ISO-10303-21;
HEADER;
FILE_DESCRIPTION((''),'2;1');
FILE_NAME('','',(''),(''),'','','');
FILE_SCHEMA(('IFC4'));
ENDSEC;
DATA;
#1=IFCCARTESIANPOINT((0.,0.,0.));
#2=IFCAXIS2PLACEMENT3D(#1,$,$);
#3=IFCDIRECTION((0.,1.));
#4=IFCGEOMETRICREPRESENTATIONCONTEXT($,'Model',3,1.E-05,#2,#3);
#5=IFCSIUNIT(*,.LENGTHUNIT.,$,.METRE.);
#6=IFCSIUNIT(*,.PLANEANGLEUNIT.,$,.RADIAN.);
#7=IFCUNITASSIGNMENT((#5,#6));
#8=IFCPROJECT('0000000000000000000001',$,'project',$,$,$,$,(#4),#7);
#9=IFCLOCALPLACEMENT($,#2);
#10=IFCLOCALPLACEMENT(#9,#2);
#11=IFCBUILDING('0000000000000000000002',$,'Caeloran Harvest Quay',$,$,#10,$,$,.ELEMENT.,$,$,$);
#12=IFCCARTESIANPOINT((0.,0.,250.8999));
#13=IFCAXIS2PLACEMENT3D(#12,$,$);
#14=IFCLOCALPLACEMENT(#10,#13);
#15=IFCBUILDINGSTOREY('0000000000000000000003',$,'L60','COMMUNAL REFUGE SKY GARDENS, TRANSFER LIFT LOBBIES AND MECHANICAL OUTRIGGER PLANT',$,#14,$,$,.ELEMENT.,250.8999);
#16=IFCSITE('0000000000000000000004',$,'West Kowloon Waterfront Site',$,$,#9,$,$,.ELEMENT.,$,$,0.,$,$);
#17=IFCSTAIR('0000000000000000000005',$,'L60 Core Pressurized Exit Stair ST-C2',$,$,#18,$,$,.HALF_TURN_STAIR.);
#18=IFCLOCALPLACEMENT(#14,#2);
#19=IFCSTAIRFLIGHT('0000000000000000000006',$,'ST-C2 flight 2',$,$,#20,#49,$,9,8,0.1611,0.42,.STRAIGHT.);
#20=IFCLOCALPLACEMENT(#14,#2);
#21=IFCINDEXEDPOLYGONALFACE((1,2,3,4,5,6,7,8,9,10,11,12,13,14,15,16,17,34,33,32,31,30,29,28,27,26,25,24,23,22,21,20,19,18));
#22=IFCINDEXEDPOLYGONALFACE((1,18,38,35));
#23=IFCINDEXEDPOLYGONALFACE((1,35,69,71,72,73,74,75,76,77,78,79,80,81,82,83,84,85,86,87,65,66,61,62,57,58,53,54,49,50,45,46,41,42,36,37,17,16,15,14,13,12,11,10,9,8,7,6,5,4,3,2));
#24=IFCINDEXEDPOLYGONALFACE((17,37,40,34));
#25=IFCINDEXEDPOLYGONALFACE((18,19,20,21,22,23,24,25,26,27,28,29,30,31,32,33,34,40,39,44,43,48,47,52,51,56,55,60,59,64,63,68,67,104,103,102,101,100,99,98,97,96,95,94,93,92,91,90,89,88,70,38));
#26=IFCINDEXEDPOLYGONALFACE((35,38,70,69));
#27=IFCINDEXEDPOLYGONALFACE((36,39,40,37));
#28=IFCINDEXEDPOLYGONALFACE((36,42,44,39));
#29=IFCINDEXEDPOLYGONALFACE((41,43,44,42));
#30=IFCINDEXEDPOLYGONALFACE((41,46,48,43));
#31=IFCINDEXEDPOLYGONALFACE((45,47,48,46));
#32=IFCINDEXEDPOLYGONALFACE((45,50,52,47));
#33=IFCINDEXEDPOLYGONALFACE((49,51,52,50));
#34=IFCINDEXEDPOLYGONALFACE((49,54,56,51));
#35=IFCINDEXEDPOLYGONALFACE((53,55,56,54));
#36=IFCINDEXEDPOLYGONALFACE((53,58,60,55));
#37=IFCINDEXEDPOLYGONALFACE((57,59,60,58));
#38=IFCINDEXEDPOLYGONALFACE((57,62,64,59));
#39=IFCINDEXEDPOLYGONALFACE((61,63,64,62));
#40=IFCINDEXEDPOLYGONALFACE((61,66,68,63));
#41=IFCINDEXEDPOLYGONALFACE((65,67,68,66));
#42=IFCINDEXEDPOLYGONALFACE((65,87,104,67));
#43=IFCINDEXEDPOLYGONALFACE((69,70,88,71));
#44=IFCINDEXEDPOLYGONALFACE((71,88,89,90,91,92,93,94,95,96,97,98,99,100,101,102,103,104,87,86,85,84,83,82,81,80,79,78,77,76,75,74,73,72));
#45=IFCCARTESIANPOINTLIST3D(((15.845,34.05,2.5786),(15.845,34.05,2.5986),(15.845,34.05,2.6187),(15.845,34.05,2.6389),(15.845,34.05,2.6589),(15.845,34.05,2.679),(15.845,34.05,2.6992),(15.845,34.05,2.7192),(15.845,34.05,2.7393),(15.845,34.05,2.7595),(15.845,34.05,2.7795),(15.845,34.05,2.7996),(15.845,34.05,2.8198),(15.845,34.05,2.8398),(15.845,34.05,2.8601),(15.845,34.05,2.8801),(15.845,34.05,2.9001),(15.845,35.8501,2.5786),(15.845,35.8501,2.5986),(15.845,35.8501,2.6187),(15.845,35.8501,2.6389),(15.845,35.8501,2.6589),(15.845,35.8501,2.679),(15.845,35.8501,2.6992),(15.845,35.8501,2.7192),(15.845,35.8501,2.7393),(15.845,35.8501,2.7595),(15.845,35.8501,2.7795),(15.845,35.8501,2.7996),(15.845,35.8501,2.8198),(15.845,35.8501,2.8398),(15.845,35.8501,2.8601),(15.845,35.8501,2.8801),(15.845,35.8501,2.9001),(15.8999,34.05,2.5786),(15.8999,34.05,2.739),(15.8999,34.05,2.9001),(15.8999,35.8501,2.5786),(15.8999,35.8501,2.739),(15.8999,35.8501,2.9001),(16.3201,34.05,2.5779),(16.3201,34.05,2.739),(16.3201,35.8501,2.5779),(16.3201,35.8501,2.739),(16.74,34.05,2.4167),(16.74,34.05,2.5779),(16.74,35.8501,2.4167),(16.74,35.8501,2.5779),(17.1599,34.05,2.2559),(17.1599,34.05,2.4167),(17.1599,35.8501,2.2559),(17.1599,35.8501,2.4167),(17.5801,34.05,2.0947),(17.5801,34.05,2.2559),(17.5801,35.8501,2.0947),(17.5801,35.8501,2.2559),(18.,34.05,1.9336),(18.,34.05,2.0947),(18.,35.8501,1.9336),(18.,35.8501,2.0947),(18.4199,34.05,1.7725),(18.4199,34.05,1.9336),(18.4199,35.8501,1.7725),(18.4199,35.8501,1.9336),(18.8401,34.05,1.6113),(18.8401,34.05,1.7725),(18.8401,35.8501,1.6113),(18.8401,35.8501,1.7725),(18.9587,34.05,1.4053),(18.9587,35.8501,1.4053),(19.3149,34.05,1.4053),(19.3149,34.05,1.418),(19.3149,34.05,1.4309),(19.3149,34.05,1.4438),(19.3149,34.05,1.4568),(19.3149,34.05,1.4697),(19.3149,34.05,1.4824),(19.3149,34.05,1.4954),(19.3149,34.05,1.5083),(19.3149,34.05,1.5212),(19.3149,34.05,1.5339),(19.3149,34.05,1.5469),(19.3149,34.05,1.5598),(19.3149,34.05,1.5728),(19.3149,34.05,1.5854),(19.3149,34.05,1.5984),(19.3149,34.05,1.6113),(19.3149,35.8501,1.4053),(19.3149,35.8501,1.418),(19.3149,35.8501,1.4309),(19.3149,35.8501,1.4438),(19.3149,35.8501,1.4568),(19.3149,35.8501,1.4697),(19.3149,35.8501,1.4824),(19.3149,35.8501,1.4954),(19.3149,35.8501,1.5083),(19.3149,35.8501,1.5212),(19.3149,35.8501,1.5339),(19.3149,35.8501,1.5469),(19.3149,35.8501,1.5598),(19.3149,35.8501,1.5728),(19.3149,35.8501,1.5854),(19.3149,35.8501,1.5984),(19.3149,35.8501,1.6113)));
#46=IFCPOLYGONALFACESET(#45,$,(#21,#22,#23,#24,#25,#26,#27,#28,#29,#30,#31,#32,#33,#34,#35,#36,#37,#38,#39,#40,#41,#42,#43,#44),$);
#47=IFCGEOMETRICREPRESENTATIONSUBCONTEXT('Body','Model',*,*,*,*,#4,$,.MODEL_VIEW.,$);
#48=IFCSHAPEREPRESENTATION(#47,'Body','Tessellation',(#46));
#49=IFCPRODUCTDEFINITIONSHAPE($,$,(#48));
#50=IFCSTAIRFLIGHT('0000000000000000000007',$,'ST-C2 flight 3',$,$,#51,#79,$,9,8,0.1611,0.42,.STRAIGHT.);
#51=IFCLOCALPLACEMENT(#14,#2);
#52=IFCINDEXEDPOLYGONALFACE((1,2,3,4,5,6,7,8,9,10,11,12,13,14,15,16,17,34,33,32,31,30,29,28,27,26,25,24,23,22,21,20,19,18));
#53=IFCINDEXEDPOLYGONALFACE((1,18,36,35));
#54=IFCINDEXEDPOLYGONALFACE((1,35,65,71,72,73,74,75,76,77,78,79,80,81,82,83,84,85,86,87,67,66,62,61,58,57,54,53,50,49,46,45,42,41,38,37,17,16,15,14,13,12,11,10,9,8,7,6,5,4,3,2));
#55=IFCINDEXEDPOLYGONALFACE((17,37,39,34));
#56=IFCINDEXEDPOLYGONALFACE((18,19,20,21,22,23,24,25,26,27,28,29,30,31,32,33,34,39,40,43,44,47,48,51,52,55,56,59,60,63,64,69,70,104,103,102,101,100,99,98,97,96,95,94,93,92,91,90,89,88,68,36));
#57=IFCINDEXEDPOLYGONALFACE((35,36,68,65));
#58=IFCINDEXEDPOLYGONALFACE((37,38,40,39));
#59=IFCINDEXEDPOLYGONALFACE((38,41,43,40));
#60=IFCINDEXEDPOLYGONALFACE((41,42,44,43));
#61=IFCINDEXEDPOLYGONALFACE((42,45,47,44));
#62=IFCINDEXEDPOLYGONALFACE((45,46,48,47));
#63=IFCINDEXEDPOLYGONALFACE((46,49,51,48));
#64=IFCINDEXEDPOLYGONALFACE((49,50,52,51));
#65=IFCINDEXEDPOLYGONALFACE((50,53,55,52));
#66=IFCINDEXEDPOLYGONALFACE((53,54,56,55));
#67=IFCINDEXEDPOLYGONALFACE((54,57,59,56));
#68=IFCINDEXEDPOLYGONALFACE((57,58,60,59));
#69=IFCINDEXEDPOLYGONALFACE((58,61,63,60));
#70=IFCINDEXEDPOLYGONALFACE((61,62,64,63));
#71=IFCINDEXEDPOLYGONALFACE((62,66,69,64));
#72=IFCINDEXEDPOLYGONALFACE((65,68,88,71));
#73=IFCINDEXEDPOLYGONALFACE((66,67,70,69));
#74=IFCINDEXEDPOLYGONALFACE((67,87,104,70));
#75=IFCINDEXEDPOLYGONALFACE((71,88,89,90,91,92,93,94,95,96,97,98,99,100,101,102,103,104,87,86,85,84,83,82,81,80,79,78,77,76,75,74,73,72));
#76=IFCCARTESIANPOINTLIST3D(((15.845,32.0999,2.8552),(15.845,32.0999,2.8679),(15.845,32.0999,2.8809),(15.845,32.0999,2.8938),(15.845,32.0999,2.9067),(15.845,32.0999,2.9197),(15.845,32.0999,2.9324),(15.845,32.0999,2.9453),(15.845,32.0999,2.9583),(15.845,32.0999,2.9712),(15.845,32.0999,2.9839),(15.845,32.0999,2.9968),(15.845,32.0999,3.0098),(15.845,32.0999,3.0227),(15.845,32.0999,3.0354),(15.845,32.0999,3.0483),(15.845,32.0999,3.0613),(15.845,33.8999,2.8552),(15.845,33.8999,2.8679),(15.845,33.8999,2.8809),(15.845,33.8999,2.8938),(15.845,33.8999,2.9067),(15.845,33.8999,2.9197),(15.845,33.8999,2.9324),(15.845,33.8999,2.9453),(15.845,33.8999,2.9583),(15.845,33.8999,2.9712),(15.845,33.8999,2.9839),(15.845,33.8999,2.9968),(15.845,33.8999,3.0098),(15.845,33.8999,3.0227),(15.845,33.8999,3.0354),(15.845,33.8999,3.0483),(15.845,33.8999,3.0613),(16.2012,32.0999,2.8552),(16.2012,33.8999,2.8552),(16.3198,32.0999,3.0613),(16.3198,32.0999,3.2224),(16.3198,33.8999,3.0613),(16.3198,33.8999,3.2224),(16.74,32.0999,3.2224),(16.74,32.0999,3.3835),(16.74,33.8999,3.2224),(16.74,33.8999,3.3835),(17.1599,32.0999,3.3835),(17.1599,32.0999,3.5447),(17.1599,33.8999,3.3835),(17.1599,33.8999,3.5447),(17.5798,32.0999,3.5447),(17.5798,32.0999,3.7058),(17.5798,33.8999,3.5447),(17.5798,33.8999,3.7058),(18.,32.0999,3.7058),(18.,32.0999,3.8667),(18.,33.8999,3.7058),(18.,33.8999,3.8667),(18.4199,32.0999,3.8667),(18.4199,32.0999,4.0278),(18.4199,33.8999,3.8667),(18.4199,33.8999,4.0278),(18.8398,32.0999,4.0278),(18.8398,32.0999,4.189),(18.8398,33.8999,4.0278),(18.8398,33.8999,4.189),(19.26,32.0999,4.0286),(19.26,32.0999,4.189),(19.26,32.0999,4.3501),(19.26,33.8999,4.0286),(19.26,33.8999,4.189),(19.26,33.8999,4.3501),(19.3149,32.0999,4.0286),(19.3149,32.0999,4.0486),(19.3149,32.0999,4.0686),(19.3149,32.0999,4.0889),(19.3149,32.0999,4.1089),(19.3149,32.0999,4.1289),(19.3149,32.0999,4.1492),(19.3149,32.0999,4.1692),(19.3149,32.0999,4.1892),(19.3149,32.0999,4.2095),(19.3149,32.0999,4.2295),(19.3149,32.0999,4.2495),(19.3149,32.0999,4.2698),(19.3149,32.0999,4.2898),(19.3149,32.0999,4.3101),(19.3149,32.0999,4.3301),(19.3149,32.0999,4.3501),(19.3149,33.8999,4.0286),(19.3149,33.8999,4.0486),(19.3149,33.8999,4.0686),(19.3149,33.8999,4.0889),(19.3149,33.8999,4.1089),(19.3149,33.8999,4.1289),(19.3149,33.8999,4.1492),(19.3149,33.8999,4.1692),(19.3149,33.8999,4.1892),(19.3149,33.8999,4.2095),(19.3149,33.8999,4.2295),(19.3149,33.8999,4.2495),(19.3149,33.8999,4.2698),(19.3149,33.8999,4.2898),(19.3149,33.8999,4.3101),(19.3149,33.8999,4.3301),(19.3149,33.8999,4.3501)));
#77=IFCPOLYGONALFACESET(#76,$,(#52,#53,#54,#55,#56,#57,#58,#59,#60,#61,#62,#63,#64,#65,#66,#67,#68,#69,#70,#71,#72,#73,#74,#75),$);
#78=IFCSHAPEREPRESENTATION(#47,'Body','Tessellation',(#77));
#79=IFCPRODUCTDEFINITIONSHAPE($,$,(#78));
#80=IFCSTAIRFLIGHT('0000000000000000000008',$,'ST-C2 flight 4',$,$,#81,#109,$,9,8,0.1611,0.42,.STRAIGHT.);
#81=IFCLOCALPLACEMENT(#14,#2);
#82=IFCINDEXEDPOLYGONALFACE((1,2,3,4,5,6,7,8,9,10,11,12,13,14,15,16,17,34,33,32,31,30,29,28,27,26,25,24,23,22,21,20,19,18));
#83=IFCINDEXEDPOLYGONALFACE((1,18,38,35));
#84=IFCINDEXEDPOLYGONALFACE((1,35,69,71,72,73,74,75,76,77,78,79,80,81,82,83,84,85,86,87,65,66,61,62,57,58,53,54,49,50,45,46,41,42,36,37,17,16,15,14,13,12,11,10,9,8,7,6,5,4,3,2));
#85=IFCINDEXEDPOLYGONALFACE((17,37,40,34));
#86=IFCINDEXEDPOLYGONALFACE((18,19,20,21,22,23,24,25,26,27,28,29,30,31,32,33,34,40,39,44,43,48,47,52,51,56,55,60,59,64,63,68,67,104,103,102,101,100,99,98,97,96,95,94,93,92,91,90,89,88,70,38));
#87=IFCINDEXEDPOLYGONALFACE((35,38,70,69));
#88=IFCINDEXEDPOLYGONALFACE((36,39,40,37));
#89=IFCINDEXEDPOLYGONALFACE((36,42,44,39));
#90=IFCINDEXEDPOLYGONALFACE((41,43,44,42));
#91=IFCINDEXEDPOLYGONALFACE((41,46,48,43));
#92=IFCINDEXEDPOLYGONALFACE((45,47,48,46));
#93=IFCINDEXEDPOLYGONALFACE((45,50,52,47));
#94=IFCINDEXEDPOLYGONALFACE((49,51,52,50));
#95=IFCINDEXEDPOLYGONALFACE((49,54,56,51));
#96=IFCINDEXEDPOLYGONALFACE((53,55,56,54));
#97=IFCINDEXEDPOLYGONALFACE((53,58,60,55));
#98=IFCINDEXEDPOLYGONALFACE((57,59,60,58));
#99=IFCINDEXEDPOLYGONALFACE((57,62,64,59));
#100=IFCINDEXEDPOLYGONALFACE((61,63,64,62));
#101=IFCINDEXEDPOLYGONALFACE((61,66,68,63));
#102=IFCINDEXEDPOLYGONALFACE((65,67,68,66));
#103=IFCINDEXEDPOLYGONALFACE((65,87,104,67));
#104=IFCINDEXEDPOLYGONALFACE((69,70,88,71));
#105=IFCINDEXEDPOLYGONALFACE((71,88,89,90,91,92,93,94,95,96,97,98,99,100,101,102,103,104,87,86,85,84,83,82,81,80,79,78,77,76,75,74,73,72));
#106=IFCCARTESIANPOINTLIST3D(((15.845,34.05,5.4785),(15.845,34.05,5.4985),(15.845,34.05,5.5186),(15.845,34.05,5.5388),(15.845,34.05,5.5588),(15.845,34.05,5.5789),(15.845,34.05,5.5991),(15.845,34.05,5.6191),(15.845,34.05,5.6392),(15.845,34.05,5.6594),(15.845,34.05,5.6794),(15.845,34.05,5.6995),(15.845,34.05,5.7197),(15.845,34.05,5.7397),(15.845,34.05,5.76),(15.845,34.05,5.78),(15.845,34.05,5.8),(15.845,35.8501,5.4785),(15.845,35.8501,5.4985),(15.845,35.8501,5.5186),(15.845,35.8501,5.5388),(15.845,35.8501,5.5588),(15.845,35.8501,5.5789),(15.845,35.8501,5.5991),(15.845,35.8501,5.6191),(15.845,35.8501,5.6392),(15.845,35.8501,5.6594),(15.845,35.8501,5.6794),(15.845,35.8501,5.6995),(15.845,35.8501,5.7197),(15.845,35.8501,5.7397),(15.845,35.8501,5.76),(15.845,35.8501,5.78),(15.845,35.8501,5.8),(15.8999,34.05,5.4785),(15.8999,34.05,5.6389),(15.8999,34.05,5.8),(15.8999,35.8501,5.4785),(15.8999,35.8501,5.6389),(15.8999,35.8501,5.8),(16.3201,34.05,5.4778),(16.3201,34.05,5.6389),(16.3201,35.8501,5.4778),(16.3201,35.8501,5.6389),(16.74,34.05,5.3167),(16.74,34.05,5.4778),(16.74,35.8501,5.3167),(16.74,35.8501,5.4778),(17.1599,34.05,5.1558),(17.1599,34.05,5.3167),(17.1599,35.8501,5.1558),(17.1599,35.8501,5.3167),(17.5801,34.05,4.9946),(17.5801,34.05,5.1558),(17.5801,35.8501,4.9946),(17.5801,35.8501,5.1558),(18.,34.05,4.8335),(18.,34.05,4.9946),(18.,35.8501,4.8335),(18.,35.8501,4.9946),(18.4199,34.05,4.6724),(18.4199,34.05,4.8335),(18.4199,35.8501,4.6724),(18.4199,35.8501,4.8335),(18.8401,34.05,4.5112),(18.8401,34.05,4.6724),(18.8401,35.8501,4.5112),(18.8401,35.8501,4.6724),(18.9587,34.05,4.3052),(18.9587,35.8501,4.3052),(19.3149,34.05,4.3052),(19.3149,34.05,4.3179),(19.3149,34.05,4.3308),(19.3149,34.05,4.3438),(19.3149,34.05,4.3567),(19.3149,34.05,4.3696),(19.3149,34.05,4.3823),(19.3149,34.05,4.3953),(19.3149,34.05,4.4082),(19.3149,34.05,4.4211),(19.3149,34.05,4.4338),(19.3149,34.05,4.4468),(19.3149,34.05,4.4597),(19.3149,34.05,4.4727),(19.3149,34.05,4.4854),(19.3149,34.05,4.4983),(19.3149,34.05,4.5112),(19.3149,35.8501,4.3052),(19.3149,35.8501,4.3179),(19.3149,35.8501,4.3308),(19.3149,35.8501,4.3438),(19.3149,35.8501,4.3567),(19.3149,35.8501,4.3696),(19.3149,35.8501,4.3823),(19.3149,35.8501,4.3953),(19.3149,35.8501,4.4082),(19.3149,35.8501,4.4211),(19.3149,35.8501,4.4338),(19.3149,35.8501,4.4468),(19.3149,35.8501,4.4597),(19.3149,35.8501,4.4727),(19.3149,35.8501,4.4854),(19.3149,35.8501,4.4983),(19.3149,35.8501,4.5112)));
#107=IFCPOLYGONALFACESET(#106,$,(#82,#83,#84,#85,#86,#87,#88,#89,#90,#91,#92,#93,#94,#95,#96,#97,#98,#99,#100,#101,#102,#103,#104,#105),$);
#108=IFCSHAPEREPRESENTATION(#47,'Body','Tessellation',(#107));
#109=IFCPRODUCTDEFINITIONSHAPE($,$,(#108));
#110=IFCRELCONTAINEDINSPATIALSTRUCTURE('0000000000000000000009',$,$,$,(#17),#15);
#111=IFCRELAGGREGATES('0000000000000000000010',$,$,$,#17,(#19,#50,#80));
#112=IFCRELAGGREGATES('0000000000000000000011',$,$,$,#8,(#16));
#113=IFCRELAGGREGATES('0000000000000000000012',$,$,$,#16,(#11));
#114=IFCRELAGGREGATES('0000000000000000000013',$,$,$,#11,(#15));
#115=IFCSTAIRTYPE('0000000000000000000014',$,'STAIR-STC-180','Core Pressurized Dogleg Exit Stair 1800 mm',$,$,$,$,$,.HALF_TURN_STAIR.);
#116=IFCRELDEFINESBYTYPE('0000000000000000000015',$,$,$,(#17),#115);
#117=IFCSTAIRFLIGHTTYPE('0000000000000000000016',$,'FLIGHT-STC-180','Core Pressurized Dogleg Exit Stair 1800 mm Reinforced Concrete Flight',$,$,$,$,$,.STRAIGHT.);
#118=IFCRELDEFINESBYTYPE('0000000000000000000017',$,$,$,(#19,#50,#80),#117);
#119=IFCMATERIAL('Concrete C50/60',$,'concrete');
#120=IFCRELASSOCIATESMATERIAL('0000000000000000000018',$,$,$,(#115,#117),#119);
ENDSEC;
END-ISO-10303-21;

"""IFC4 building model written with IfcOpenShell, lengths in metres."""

from ifc_helpers import new_model, si_unit, direction, frame, origin, place, context, subcontext, project, spatial, polyline, outline, extrude, material, type_object, element, aggregate, save


model = new_model("IFC4")

# Units and contexts
model_context = context("Model", 3, precision=1e-05, world=origin(), true_north=direction((0.0, 1.0)))
body_context = subcontext(model_context, "Body", "Model", "MODEL_VIEW")
ifc_project = project(units=[si_unit("LENGTHUNIT", "METRE"), si_unit("PLANEANGLEUNIT", "RADIAN")], contexts=[model_context])

# Site, building, storey
site_placement = place(None, origin())
site = spatial("IfcSite", under=ifc_project, at=site_placement, Name="West Kowloon Waterfront Site", CompositionType="ELEMENT", RefElevation=0.0)
building_placement = place(site_placement, origin())
building = spatial("IfcBuilding", under=site, at=building_placement, Name="Caeloran Harvest Quay", CompositionType="ELEMENT")
storey_placement = place(building_placement, frame((0.0, 0.0, 250.8999)))
storey = spatial("IfcBuildingStorey", under=building, at=storey_placement, Name="L60", Description="COMMUNAL REFUGE SKY GARDENS, TRANSFER LIFT LOBBIES AND MECHANICAL OUTRIGGER PLANT", CompositionType="ELEMENT", Elevation=250.8999)

# Stair, stair flights
ifc_material_1 = material(Name="Concrete C50/60", Category="concrete")
stair_type = type_object("IfcStairType", Name="STAIR-STC-180", Description="Core Pressurized Dogleg Exit Stair 1800 mm", PredefinedType="HALF_TURN_STAIR", material=ifc_material_1)
stair_flight_type = type_object("IfcStairFlightType", Name="FLIGHT-STC-180", Description="Core Pressurized Dogleg Exit Stair 1800 mm Reinforced Concrete Flight", PredefinedType="STRAIGHT", material=ifc_material_1)
stair_1_placement = place(storey_placement, origin())
stair_1 = element("IfcStair", 1, at=stair_1_placement, inside=storey, type_object=stair_type, Name="L60 Core Pressurized Exit Stair ST-C2", PredefinedType="HALF_TURN_STAIR")
stair_flight_1_placement = place(storey_placement, frame((19.26, 34.95, 1.4502), z_axis=(0.0, 0.0, 1.0), x_axis=(-1.0, 0.0, 0.0)))
stair_flight_1 = element("IfcStairFlight", 2, at=stair_flight_1_placement, type_object=stair_flight_type, Name="ST-C2 flight 2", NumberOfRisers=9, NumberOfTreads=8, PredefinedType="STRAIGHT", RiserHeight=0.1611, TreadLength=0.42, context=body_context, shape_type="SweptSolid", body=[
    extrude(outline(polyline([(-0.0549, -0.0449), (-0.0549, -0.0322), (-0.0549, -0.0193), (-0.0549, -0.0063), (-0.0549, 0.0066), (-0.0549, 0.0195), (-0.0549, 0.0322), (-0.0549, 0.0452), (-0.0549, 0.0581), (-0.0549, 0.071), (-0.0549, 0.0837), (-0.0549, 0.0967), (-0.0549, 0.1096), (-0.0549, 0.1226), (-0.0549, 0.1353), (-0.0549, 0.1482), (-0.0549, 0.1611), (0.4199, 0.1611), (0.4199, 0.3223), (0.8401, 0.3223), (0.8401, 0.4834), (1.26, 0.4834), (1.26, 0.6445), (1.6799, 0.6445), (1.6799, 0.8057), (2.1001, 0.8057), (2.1001, 0.9666), (2.52, 0.9666), (2.52, 1.1277), (2.9399, 1.1277), (2.9399, 1.2888), (3.3601, 1.2888), (3.3601, 1.45), (3.415, 1.45), (3.415, 1.4299), (3.415, 1.4099), (3.415, 1.3896), (3.415, 1.3696), (3.415, 1.3494), (3.415, 1.3293), (3.415, 1.3093), (3.415, 1.2891), (3.415, 1.269), (3.415, 1.249), (3.415, 1.2288), (3.415, 1.2087), (3.415, 1.1887), (3.415, 1.1685), (3.415, 1.1484), (3.415, 1.1284), (3.3601, 1.1284), (0.3013, -0.0449), (-0.0549, -0.0449)])), frame((0.0, 0.8999, 0.0), z_axis=(0.0, -1.0, 0.0), x_axis=(1.0, 0.0, 0.0)), (0.0, 0.0, 1.0), 1.8),
])
stair_flight_2_placement = place(storey_placement, frame((15.8999, 33.0, 2.9001), z_axis=(0.0, 0.0, 1.0), x_axis=(1.0, 0.0, 0.0)))
stair_flight_2 = element("IfcStairFlight", 3, at=stair_flight_2_placement, type_object=stair_flight_type, Name="ST-C2 flight 3", NumberOfRisers=9, NumberOfTreads=8, PredefinedType="STRAIGHT", RiserHeight=0.1611, TreadLength=0.42, context=body_context, shape_type="SweptSolid", body=[
    extrude(outline(polyline([(-0.0549, -0.0449), (-0.0549, -0.0322), (-0.0549, -0.0193), (-0.0549, -0.0063), (-0.0549, 0.0066), (-0.0549, 0.0195), (-0.0549, 0.0322), (-0.0549, 0.0452), (-0.0549, 0.0581), (-0.0549, 0.071), (-0.0549, 0.0837), (-0.0549, 0.0967), (-0.0549, 0.1096), (-0.0549, 0.1226), (-0.0549, 0.1353), (-0.0549, 0.1482), (-0.0549, 0.1611), (0.4199, 0.1611), (0.4199, 0.3223), (0.8401, 0.3223), (0.8401, 0.4834), (1.26, 0.4834), (1.26, 0.6445), (1.6799, 0.6445), (1.6799, 0.8057), (2.1001, 0.8057), (2.1001, 0.9666), (2.52, 0.9666), (2.52, 1.1277), (2.9399, 1.1277), (2.9399, 1.2888), (3.3601, 1.2888), (3.3601, 1.45), (3.415, 1.45), (3.415, 1.4299), (3.415, 1.4099), (3.415, 1.3896), (3.415, 1.3696), (3.415, 1.3494), (3.415, 1.3293), (3.415, 1.3093), (3.415, 1.2891), (3.415, 1.269), (3.415, 1.249), (3.415, 1.2288), (3.415, 1.2087), (3.415, 1.1887), (3.415, 1.1685), (3.415, 1.1484), (3.415, 1.1284), (3.3601, 1.1284), (0.3013, -0.0449), (-0.0549, -0.0449)])), frame((0.0, 0.8999, 0.0), z_axis=(0.0, -1.0, 0.0), x_axis=(1.0, 0.0, 0.0)), (0.0, 0.0, 1.0), 1.8),
])
stair_flight_3_placement = place(storey_placement, frame((19.26, 34.95, 4.3501), z_axis=(0.0, 0.0, 1.0), x_axis=(-1.0, 0.0, 0.0)))
stair_flight_3 = element("IfcStairFlight", 4, at=stair_flight_3_placement, type_object=stair_flight_type, Name="ST-C2 flight 4", NumberOfRisers=9, NumberOfTreads=8, PredefinedType="STRAIGHT", RiserHeight=0.1611, TreadLength=0.42, context=body_context, shape_type="SweptSolid", body=[
    extrude(outline(polyline([(-0.0549, -0.0449), (-0.0549, -0.0322), (-0.0549, -0.0193), (-0.0549, -0.0063), (-0.0549, 0.0066), (-0.0549, 0.0195), (-0.0549, 0.0322), (-0.0549, 0.0452), (-0.0549, 0.0581), (-0.0549, 0.071), (-0.0549, 0.0837), (-0.0549, 0.0967), (-0.0549, 0.1096), (-0.0549, 0.1226), (-0.0549, 0.1353), (-0.0549, 0.1482), (-0.0549, 0.1611), (0.4199, 0.1611), (0.4199, 0.3223), (0.8401, 0.3223), (0.8401, 0.4834), (1.26, 0.4834), (1.26, 0.6445), (1.6799, 0.6445), (1.6799, 0.8057), (2.1001, 0.8057), (2.1001, 0.9666), (2.52, 0.9666), (2.52, 1.1277), (2.9399, 1.1277), (2.9399, 1.2888), (3.3601, 1.2888), (3.3601, 1.45), (3.415, 1.45), (3.415, 1.4299), (3.415, 1.4099), (3.415, 1.3896), (3.415, 1.3696), (3.415, 1.3494), (3.415, 1.3293), (3.415, 1.3093), (3.415, 1.2891), (3.415, 1.269), (3.415, 1.249), (3.415, 1.2288), (3.415, 1.2087), (3.415, 1.1887), (3.415, 1.1685), (3.415, 1.1484), (3.415, 1.1284), (3.3601, 1.1284), (0.3013, -0.0449), (-0.0549, -0.0449)])), frame((0.0, 0.8999, 0.0), z_axis=(0.0, -1.0, 0.0), x_axis=(1.0, 0.0, 0.0)), (0.0, 0.0, 1.0), 1.8),
])
aggregate(stair_1, [stair_flight_1, stair_flight_2, stair_flight_3])

save(model, "model.ifc")
